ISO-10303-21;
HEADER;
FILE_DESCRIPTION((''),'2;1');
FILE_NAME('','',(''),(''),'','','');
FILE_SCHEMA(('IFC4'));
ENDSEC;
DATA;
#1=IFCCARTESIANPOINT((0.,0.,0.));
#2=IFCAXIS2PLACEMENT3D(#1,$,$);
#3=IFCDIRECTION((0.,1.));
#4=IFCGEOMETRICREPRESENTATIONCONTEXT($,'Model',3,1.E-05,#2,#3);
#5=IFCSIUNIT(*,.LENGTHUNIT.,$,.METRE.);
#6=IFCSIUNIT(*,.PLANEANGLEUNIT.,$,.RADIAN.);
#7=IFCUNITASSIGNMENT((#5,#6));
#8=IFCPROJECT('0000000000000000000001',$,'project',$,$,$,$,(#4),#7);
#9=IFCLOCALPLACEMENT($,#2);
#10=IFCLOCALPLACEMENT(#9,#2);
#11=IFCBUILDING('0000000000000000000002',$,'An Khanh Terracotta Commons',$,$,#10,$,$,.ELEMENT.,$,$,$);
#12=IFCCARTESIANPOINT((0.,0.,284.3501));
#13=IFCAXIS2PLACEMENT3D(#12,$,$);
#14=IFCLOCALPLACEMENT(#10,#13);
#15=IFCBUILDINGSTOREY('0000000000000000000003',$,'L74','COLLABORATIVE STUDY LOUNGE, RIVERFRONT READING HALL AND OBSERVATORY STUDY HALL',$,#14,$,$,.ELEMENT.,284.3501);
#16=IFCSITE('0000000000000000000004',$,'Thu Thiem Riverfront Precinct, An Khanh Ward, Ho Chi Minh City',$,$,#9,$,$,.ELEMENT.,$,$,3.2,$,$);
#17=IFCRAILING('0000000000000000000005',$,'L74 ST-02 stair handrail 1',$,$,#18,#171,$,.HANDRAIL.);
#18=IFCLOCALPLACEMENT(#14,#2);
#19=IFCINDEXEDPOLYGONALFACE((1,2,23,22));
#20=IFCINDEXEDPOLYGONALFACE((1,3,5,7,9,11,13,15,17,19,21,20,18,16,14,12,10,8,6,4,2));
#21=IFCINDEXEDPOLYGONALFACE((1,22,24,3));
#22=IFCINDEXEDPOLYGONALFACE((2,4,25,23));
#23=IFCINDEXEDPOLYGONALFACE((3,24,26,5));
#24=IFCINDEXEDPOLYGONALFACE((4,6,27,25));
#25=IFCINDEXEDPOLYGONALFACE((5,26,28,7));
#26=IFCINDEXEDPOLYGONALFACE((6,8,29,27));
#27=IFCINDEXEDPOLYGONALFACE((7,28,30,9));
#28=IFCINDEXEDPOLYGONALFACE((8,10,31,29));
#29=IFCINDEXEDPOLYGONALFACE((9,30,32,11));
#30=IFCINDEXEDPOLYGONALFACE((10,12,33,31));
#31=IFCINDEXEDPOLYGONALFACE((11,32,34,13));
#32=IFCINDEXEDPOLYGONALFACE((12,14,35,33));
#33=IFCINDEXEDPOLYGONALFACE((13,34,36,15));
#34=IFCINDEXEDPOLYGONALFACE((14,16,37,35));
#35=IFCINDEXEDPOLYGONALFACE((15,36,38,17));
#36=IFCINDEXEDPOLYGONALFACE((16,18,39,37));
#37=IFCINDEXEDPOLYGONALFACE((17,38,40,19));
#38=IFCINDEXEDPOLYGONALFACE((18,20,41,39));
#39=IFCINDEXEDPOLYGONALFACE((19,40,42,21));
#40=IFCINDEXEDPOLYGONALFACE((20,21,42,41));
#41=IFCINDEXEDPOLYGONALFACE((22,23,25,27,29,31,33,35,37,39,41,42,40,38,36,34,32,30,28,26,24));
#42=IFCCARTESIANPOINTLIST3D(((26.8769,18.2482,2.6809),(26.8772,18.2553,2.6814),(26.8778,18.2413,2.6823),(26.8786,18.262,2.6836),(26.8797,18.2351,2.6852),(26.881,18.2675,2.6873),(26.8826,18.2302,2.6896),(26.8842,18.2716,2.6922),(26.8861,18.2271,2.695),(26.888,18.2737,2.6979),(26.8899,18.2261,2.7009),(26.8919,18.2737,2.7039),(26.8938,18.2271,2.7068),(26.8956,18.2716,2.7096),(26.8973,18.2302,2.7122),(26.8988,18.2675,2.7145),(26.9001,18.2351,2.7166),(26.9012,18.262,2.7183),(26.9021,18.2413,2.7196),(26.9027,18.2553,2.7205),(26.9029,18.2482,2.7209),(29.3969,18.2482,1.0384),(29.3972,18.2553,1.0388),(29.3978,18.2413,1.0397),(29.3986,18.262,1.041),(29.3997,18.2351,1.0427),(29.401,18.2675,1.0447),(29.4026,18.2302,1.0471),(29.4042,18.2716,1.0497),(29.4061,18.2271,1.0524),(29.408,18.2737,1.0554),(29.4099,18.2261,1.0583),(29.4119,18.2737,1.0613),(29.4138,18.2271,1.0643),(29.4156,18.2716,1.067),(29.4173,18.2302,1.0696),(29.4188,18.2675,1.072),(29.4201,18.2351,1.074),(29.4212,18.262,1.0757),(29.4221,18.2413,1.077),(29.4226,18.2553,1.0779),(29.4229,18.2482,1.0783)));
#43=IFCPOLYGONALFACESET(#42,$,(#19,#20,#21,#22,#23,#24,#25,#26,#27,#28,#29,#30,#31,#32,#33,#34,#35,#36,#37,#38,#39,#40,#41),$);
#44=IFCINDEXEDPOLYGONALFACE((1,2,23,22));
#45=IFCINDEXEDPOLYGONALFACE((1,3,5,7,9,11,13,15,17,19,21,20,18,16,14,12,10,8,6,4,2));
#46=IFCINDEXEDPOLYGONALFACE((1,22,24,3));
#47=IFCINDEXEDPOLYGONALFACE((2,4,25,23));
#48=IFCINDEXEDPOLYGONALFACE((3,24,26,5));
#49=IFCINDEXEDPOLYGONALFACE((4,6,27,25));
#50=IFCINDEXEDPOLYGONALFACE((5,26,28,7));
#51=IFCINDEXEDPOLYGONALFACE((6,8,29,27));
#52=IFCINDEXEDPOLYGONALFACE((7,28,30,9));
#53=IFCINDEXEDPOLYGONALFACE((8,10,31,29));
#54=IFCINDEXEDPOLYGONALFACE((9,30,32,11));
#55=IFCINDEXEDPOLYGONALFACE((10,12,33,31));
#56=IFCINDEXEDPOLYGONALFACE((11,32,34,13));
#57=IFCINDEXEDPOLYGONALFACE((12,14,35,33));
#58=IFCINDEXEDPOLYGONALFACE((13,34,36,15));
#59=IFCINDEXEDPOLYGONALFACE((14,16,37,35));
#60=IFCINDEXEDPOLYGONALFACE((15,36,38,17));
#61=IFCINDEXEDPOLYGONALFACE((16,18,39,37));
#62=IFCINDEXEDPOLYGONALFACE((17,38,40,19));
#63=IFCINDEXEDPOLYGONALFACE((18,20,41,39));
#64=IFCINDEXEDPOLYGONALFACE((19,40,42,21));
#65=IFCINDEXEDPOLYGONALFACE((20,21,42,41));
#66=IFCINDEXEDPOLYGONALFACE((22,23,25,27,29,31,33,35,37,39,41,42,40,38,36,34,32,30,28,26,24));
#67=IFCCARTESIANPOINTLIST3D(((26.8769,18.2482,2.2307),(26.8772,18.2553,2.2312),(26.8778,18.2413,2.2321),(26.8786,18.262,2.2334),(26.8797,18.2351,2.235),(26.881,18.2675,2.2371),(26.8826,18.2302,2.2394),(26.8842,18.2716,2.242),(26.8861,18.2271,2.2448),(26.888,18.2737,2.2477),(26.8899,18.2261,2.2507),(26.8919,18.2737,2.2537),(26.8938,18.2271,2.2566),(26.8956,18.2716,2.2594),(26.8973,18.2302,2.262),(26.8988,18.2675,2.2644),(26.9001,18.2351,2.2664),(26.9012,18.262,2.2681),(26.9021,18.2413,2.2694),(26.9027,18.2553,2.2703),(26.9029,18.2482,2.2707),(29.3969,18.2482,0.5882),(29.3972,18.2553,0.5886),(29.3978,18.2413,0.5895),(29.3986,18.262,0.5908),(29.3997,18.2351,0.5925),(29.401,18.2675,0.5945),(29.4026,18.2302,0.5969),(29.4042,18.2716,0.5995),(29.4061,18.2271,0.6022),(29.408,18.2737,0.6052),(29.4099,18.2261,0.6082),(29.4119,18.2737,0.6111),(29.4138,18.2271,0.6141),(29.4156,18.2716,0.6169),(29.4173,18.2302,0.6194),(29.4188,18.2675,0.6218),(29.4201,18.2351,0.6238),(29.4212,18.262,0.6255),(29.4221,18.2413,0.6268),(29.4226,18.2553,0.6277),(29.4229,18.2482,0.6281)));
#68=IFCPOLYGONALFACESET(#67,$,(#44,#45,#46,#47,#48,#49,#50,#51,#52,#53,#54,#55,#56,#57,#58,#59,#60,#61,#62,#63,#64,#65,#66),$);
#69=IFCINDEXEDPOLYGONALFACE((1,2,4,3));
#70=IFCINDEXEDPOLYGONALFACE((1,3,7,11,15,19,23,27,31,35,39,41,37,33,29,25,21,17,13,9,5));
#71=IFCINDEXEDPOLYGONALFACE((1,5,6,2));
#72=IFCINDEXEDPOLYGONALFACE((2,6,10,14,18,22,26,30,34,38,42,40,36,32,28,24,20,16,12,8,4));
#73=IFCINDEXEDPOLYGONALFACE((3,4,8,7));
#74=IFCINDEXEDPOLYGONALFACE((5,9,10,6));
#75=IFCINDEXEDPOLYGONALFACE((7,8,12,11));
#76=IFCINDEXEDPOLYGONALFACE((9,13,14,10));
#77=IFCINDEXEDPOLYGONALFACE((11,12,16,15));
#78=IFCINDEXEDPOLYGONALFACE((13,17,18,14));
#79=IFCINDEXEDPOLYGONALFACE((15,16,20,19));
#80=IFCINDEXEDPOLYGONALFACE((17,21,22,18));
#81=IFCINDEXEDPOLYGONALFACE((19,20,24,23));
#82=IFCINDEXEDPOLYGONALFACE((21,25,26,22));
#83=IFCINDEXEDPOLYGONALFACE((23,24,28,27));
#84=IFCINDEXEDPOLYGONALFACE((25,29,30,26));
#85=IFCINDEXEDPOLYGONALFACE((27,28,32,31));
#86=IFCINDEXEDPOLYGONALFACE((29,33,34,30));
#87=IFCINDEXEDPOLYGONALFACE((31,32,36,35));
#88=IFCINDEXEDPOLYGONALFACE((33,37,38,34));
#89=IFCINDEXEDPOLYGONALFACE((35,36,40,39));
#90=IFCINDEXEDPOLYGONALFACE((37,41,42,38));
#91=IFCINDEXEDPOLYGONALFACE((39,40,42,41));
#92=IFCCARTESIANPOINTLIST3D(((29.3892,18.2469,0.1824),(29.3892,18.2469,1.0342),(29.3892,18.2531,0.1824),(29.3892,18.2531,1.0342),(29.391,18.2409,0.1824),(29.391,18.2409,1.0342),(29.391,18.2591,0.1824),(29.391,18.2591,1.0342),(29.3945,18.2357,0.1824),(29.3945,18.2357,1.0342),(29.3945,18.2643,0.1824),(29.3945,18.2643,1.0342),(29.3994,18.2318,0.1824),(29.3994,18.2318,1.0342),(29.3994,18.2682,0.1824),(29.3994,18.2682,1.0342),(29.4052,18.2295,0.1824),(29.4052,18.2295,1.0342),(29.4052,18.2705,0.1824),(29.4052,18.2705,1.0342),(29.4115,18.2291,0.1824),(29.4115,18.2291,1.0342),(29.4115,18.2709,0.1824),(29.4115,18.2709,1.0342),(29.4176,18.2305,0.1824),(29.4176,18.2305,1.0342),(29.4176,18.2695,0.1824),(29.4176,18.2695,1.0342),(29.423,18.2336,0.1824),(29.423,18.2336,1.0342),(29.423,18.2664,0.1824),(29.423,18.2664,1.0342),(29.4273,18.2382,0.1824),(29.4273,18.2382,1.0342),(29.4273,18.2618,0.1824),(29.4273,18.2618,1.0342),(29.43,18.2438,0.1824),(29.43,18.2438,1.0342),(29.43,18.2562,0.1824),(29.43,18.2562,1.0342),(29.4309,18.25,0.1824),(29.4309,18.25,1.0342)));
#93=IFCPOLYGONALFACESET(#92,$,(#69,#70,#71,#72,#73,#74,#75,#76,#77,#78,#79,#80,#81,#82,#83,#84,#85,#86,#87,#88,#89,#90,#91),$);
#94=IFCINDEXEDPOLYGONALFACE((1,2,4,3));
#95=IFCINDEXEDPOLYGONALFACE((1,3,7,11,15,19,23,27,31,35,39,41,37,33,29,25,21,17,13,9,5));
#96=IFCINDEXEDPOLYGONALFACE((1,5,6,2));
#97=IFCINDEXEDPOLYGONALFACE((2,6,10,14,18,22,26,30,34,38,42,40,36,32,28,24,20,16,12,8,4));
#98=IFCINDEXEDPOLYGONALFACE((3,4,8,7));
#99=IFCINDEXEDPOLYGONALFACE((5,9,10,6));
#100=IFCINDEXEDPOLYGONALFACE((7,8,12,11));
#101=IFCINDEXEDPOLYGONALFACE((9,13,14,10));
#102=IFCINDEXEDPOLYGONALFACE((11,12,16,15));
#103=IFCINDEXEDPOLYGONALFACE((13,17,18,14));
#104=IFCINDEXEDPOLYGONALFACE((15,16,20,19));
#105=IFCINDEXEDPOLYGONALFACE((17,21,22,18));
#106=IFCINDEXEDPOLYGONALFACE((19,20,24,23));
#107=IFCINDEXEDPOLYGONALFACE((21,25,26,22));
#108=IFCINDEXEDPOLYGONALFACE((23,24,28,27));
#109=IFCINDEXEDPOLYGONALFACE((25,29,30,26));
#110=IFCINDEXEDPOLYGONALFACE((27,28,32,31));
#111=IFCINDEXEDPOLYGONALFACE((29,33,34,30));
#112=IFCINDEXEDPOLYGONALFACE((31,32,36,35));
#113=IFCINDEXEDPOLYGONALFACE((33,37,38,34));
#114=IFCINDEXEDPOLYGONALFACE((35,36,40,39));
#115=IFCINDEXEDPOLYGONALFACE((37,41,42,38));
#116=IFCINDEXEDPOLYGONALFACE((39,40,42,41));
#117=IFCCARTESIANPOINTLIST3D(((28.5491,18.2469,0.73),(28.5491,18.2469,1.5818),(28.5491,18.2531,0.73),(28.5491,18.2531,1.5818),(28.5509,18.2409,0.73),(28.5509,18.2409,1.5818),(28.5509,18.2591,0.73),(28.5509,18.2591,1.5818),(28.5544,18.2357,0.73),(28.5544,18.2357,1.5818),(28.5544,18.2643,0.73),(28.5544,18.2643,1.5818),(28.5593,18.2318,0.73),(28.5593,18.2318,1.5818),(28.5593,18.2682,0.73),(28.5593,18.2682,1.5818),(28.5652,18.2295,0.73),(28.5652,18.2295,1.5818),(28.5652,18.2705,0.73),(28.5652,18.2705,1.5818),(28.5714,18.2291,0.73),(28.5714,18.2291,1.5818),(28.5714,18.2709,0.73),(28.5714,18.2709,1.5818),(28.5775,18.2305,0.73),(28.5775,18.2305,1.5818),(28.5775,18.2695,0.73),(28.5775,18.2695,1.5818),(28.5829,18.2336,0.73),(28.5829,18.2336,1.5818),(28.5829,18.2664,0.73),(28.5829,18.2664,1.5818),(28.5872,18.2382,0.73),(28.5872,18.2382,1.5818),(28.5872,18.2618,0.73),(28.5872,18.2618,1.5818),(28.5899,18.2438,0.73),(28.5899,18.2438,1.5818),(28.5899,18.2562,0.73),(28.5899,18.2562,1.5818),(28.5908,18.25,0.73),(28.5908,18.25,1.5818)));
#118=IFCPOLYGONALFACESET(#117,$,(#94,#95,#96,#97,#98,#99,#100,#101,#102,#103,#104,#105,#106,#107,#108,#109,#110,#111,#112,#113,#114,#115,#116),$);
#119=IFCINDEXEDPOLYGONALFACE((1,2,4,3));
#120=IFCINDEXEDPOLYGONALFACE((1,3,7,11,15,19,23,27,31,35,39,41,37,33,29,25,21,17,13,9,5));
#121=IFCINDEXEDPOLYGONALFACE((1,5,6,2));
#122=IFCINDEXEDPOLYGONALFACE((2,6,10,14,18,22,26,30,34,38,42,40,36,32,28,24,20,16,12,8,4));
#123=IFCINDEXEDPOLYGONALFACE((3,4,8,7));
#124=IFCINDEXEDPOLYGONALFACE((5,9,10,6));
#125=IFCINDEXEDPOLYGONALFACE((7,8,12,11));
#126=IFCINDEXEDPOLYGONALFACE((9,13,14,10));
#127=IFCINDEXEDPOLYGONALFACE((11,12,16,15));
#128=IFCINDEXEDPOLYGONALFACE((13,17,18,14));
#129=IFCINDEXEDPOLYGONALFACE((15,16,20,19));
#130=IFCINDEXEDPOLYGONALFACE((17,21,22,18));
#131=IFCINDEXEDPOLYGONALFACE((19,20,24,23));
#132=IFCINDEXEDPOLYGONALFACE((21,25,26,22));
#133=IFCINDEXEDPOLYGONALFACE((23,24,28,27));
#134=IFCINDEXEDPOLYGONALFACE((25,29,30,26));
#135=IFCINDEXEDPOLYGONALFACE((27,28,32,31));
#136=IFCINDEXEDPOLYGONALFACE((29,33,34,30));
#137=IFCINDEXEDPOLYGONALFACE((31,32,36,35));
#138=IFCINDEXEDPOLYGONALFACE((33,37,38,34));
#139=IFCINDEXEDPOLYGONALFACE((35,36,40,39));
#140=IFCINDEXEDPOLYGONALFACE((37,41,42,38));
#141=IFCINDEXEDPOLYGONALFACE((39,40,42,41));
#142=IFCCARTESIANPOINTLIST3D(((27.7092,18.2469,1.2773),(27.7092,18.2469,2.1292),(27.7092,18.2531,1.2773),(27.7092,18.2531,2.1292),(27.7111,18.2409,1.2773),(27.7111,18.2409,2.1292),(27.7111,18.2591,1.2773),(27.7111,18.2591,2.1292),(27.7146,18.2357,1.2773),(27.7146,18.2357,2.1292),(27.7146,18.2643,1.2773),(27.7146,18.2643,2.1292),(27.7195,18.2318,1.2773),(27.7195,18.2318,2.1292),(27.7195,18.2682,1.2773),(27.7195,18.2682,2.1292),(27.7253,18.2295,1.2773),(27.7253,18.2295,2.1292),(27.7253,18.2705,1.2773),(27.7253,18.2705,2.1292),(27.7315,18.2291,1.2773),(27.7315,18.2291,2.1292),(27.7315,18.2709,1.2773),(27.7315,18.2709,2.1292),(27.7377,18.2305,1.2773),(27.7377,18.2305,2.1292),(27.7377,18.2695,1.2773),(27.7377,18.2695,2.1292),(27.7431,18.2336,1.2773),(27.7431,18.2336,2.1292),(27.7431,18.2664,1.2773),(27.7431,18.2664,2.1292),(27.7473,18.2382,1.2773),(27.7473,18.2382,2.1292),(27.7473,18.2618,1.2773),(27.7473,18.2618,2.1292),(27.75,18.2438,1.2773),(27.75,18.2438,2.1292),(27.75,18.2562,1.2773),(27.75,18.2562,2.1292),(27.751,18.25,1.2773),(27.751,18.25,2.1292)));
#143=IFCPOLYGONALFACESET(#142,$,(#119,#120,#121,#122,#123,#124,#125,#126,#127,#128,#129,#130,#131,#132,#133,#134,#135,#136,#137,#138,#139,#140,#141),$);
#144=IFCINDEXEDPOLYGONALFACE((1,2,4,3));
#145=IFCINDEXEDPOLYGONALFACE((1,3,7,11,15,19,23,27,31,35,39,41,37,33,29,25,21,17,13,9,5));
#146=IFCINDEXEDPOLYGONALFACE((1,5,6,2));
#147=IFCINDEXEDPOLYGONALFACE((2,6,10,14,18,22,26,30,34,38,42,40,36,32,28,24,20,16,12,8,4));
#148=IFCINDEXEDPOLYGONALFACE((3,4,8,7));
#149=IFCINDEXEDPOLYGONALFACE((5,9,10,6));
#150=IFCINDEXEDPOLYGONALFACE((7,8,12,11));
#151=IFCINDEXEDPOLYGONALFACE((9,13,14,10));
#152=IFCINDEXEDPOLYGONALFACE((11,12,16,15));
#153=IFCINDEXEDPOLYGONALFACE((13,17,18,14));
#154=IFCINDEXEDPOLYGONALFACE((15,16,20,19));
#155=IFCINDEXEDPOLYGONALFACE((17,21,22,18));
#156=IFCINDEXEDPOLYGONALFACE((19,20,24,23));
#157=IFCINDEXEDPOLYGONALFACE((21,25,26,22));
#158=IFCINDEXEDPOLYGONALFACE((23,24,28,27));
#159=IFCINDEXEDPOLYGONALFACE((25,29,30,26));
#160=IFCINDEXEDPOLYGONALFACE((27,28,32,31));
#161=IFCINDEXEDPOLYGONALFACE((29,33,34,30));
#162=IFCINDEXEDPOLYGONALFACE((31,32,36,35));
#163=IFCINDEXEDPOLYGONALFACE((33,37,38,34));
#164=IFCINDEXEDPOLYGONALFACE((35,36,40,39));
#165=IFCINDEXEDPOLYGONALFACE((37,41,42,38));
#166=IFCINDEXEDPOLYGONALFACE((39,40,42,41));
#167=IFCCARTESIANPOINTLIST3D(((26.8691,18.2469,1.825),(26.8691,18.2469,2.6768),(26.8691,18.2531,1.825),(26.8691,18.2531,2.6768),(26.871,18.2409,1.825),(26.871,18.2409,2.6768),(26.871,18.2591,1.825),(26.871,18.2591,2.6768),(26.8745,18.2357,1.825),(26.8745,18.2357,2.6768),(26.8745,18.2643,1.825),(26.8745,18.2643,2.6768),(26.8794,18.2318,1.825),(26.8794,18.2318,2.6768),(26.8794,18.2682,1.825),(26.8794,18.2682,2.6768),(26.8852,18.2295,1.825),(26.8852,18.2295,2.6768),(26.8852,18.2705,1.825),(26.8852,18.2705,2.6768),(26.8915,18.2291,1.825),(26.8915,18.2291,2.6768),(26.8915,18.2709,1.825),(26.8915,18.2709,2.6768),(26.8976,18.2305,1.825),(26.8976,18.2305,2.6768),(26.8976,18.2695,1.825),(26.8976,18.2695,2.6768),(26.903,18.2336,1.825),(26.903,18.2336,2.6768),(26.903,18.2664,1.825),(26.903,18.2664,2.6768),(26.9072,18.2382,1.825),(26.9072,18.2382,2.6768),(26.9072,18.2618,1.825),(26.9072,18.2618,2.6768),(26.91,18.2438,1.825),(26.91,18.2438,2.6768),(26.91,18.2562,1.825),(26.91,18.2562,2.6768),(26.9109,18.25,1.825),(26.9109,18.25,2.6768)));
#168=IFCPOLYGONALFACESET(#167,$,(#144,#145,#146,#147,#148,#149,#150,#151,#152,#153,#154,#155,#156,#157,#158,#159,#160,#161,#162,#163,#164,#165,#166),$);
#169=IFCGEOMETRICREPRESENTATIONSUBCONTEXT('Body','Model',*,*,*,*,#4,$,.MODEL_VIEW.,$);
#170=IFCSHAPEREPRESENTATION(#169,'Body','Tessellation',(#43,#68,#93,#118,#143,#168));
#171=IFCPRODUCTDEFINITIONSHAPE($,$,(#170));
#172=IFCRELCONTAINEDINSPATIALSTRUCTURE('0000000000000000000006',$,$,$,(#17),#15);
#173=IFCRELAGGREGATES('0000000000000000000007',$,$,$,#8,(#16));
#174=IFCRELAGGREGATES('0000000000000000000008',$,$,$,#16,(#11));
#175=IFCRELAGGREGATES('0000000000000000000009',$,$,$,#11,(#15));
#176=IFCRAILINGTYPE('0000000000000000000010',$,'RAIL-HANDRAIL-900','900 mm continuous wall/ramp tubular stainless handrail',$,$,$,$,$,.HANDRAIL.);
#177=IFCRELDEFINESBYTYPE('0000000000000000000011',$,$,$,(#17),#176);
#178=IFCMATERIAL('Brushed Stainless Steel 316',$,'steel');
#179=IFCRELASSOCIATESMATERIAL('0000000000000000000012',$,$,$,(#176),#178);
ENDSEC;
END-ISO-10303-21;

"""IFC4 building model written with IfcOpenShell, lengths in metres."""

from ifc_helpers import new_model, si_unit, direction, frame, origin, origin_2d, place, context, subcontext, project, spatial, circle, extrude, material, type_object, element, save


model = new_model("IFC4")

# Units and contexts
model_context = context("Model", 3, precision=1e-05, world=origin(), true_north=direction((0.0, 1.0)))
body_context = subcontext(model_context, "Body", "Model", "MODEL_VIEW")
ifc_project = project(units=[si_unit("LENGTHUNIT", "METRE"), si_unit("PLANEANGLEUNIT", "RADIAN")], contexts=[model_context])

# Site, building, storey
site_placement = place(None, origin())
site = spatial("IfcSite", under=ifc_project, at=site_placement, Name="Thu Thiem Riverfront Precinct, An Khanh Ward, Ho Chi Minh City", CompositionType="ELEMENT", RefElevation=3.2)
building_placement = place(site_placement, origin())
building = spatial("IfcBuilding", under=site, at=building_placement, Name="An Khanh Terracotta Commons", CompositionType="ELEMENT")
storey_placement = place(building_placement, frame((0.0, 0.0, 284.3501)))
storey = spatial("IfcBuildingStorey", under=building, at=storey_placement, Name="L74", Description="COLLABORATIVE STUDY LOUNGE, RIVERFRONT READING HALL AND OBSERVATORY STUDY HALL", CompositionType="ELEMENT", Elevation=284.3501)

# Railing
ifc_material_1 = material(Name="Brushed Stainless Steel 316", Category="steel")
railing_type_1 = type_object("IfcRailingType", Name="RAIL-HANDRAIL-900", Description="900 mm continuous wall/ramp tubular stainless handrail", PredefinedType="HANDRAIL", material=ifc_material_1)
railing_1_placement = place(storey_placement, frame((29.4099, 18.25, 0.1824)))
element("IfcRailing", 1, at=railing_1_placement, inside=storey, type_object=railing_type_1, Name="L74 ST-02 stair handrail 1", PredefinedType="HANDRAIL", context=body_context, shape_type="SweptSolid", body=[
    extrude(circle(Radius=0.0239, at=origin_2d()), frame((0.0, 0.0, 0.876), z_axis=(-0.837749, 0.0, 0.546055), x_axis=(0.0, -1.0, 0.0)), (0.0, 0.0, 1.0), 3.0081),
    extrude(circle(Radius=0.0239, at=origin_2d()), frame((0.0, 0.0, 0.4258), z_axis=(-0.837749, 0.0, 0.546055), x_axis=(0.0, -1.0, 0.0)), (0.0, 0.0, 1.0), 3.0081),
    extrude(circle(Radius=0.021, at=origin_2d()), origin(), (0.0, 0.0, 1.0), 0.8518),
    extrude(circle(Radius=0.021, at=origin_2d()), frame((-0.8401, 0.0, 0.5476)), (0.0, 0.0, 1.0), 0.8518),
    extrude(circle(Radius=0.021, at=origin_2d()), frame((-1.6799, 0.0, 1.095)), (0.0, 0.0, 1.0), 0.8518),
    extrude(circle(Radius=0.021, at=origin_2d()), frame((-2.52, 0.0, 1.6426)), (0.0, 0.0, 1.0), 0.8518),
])

save(model, "model.ifc")
